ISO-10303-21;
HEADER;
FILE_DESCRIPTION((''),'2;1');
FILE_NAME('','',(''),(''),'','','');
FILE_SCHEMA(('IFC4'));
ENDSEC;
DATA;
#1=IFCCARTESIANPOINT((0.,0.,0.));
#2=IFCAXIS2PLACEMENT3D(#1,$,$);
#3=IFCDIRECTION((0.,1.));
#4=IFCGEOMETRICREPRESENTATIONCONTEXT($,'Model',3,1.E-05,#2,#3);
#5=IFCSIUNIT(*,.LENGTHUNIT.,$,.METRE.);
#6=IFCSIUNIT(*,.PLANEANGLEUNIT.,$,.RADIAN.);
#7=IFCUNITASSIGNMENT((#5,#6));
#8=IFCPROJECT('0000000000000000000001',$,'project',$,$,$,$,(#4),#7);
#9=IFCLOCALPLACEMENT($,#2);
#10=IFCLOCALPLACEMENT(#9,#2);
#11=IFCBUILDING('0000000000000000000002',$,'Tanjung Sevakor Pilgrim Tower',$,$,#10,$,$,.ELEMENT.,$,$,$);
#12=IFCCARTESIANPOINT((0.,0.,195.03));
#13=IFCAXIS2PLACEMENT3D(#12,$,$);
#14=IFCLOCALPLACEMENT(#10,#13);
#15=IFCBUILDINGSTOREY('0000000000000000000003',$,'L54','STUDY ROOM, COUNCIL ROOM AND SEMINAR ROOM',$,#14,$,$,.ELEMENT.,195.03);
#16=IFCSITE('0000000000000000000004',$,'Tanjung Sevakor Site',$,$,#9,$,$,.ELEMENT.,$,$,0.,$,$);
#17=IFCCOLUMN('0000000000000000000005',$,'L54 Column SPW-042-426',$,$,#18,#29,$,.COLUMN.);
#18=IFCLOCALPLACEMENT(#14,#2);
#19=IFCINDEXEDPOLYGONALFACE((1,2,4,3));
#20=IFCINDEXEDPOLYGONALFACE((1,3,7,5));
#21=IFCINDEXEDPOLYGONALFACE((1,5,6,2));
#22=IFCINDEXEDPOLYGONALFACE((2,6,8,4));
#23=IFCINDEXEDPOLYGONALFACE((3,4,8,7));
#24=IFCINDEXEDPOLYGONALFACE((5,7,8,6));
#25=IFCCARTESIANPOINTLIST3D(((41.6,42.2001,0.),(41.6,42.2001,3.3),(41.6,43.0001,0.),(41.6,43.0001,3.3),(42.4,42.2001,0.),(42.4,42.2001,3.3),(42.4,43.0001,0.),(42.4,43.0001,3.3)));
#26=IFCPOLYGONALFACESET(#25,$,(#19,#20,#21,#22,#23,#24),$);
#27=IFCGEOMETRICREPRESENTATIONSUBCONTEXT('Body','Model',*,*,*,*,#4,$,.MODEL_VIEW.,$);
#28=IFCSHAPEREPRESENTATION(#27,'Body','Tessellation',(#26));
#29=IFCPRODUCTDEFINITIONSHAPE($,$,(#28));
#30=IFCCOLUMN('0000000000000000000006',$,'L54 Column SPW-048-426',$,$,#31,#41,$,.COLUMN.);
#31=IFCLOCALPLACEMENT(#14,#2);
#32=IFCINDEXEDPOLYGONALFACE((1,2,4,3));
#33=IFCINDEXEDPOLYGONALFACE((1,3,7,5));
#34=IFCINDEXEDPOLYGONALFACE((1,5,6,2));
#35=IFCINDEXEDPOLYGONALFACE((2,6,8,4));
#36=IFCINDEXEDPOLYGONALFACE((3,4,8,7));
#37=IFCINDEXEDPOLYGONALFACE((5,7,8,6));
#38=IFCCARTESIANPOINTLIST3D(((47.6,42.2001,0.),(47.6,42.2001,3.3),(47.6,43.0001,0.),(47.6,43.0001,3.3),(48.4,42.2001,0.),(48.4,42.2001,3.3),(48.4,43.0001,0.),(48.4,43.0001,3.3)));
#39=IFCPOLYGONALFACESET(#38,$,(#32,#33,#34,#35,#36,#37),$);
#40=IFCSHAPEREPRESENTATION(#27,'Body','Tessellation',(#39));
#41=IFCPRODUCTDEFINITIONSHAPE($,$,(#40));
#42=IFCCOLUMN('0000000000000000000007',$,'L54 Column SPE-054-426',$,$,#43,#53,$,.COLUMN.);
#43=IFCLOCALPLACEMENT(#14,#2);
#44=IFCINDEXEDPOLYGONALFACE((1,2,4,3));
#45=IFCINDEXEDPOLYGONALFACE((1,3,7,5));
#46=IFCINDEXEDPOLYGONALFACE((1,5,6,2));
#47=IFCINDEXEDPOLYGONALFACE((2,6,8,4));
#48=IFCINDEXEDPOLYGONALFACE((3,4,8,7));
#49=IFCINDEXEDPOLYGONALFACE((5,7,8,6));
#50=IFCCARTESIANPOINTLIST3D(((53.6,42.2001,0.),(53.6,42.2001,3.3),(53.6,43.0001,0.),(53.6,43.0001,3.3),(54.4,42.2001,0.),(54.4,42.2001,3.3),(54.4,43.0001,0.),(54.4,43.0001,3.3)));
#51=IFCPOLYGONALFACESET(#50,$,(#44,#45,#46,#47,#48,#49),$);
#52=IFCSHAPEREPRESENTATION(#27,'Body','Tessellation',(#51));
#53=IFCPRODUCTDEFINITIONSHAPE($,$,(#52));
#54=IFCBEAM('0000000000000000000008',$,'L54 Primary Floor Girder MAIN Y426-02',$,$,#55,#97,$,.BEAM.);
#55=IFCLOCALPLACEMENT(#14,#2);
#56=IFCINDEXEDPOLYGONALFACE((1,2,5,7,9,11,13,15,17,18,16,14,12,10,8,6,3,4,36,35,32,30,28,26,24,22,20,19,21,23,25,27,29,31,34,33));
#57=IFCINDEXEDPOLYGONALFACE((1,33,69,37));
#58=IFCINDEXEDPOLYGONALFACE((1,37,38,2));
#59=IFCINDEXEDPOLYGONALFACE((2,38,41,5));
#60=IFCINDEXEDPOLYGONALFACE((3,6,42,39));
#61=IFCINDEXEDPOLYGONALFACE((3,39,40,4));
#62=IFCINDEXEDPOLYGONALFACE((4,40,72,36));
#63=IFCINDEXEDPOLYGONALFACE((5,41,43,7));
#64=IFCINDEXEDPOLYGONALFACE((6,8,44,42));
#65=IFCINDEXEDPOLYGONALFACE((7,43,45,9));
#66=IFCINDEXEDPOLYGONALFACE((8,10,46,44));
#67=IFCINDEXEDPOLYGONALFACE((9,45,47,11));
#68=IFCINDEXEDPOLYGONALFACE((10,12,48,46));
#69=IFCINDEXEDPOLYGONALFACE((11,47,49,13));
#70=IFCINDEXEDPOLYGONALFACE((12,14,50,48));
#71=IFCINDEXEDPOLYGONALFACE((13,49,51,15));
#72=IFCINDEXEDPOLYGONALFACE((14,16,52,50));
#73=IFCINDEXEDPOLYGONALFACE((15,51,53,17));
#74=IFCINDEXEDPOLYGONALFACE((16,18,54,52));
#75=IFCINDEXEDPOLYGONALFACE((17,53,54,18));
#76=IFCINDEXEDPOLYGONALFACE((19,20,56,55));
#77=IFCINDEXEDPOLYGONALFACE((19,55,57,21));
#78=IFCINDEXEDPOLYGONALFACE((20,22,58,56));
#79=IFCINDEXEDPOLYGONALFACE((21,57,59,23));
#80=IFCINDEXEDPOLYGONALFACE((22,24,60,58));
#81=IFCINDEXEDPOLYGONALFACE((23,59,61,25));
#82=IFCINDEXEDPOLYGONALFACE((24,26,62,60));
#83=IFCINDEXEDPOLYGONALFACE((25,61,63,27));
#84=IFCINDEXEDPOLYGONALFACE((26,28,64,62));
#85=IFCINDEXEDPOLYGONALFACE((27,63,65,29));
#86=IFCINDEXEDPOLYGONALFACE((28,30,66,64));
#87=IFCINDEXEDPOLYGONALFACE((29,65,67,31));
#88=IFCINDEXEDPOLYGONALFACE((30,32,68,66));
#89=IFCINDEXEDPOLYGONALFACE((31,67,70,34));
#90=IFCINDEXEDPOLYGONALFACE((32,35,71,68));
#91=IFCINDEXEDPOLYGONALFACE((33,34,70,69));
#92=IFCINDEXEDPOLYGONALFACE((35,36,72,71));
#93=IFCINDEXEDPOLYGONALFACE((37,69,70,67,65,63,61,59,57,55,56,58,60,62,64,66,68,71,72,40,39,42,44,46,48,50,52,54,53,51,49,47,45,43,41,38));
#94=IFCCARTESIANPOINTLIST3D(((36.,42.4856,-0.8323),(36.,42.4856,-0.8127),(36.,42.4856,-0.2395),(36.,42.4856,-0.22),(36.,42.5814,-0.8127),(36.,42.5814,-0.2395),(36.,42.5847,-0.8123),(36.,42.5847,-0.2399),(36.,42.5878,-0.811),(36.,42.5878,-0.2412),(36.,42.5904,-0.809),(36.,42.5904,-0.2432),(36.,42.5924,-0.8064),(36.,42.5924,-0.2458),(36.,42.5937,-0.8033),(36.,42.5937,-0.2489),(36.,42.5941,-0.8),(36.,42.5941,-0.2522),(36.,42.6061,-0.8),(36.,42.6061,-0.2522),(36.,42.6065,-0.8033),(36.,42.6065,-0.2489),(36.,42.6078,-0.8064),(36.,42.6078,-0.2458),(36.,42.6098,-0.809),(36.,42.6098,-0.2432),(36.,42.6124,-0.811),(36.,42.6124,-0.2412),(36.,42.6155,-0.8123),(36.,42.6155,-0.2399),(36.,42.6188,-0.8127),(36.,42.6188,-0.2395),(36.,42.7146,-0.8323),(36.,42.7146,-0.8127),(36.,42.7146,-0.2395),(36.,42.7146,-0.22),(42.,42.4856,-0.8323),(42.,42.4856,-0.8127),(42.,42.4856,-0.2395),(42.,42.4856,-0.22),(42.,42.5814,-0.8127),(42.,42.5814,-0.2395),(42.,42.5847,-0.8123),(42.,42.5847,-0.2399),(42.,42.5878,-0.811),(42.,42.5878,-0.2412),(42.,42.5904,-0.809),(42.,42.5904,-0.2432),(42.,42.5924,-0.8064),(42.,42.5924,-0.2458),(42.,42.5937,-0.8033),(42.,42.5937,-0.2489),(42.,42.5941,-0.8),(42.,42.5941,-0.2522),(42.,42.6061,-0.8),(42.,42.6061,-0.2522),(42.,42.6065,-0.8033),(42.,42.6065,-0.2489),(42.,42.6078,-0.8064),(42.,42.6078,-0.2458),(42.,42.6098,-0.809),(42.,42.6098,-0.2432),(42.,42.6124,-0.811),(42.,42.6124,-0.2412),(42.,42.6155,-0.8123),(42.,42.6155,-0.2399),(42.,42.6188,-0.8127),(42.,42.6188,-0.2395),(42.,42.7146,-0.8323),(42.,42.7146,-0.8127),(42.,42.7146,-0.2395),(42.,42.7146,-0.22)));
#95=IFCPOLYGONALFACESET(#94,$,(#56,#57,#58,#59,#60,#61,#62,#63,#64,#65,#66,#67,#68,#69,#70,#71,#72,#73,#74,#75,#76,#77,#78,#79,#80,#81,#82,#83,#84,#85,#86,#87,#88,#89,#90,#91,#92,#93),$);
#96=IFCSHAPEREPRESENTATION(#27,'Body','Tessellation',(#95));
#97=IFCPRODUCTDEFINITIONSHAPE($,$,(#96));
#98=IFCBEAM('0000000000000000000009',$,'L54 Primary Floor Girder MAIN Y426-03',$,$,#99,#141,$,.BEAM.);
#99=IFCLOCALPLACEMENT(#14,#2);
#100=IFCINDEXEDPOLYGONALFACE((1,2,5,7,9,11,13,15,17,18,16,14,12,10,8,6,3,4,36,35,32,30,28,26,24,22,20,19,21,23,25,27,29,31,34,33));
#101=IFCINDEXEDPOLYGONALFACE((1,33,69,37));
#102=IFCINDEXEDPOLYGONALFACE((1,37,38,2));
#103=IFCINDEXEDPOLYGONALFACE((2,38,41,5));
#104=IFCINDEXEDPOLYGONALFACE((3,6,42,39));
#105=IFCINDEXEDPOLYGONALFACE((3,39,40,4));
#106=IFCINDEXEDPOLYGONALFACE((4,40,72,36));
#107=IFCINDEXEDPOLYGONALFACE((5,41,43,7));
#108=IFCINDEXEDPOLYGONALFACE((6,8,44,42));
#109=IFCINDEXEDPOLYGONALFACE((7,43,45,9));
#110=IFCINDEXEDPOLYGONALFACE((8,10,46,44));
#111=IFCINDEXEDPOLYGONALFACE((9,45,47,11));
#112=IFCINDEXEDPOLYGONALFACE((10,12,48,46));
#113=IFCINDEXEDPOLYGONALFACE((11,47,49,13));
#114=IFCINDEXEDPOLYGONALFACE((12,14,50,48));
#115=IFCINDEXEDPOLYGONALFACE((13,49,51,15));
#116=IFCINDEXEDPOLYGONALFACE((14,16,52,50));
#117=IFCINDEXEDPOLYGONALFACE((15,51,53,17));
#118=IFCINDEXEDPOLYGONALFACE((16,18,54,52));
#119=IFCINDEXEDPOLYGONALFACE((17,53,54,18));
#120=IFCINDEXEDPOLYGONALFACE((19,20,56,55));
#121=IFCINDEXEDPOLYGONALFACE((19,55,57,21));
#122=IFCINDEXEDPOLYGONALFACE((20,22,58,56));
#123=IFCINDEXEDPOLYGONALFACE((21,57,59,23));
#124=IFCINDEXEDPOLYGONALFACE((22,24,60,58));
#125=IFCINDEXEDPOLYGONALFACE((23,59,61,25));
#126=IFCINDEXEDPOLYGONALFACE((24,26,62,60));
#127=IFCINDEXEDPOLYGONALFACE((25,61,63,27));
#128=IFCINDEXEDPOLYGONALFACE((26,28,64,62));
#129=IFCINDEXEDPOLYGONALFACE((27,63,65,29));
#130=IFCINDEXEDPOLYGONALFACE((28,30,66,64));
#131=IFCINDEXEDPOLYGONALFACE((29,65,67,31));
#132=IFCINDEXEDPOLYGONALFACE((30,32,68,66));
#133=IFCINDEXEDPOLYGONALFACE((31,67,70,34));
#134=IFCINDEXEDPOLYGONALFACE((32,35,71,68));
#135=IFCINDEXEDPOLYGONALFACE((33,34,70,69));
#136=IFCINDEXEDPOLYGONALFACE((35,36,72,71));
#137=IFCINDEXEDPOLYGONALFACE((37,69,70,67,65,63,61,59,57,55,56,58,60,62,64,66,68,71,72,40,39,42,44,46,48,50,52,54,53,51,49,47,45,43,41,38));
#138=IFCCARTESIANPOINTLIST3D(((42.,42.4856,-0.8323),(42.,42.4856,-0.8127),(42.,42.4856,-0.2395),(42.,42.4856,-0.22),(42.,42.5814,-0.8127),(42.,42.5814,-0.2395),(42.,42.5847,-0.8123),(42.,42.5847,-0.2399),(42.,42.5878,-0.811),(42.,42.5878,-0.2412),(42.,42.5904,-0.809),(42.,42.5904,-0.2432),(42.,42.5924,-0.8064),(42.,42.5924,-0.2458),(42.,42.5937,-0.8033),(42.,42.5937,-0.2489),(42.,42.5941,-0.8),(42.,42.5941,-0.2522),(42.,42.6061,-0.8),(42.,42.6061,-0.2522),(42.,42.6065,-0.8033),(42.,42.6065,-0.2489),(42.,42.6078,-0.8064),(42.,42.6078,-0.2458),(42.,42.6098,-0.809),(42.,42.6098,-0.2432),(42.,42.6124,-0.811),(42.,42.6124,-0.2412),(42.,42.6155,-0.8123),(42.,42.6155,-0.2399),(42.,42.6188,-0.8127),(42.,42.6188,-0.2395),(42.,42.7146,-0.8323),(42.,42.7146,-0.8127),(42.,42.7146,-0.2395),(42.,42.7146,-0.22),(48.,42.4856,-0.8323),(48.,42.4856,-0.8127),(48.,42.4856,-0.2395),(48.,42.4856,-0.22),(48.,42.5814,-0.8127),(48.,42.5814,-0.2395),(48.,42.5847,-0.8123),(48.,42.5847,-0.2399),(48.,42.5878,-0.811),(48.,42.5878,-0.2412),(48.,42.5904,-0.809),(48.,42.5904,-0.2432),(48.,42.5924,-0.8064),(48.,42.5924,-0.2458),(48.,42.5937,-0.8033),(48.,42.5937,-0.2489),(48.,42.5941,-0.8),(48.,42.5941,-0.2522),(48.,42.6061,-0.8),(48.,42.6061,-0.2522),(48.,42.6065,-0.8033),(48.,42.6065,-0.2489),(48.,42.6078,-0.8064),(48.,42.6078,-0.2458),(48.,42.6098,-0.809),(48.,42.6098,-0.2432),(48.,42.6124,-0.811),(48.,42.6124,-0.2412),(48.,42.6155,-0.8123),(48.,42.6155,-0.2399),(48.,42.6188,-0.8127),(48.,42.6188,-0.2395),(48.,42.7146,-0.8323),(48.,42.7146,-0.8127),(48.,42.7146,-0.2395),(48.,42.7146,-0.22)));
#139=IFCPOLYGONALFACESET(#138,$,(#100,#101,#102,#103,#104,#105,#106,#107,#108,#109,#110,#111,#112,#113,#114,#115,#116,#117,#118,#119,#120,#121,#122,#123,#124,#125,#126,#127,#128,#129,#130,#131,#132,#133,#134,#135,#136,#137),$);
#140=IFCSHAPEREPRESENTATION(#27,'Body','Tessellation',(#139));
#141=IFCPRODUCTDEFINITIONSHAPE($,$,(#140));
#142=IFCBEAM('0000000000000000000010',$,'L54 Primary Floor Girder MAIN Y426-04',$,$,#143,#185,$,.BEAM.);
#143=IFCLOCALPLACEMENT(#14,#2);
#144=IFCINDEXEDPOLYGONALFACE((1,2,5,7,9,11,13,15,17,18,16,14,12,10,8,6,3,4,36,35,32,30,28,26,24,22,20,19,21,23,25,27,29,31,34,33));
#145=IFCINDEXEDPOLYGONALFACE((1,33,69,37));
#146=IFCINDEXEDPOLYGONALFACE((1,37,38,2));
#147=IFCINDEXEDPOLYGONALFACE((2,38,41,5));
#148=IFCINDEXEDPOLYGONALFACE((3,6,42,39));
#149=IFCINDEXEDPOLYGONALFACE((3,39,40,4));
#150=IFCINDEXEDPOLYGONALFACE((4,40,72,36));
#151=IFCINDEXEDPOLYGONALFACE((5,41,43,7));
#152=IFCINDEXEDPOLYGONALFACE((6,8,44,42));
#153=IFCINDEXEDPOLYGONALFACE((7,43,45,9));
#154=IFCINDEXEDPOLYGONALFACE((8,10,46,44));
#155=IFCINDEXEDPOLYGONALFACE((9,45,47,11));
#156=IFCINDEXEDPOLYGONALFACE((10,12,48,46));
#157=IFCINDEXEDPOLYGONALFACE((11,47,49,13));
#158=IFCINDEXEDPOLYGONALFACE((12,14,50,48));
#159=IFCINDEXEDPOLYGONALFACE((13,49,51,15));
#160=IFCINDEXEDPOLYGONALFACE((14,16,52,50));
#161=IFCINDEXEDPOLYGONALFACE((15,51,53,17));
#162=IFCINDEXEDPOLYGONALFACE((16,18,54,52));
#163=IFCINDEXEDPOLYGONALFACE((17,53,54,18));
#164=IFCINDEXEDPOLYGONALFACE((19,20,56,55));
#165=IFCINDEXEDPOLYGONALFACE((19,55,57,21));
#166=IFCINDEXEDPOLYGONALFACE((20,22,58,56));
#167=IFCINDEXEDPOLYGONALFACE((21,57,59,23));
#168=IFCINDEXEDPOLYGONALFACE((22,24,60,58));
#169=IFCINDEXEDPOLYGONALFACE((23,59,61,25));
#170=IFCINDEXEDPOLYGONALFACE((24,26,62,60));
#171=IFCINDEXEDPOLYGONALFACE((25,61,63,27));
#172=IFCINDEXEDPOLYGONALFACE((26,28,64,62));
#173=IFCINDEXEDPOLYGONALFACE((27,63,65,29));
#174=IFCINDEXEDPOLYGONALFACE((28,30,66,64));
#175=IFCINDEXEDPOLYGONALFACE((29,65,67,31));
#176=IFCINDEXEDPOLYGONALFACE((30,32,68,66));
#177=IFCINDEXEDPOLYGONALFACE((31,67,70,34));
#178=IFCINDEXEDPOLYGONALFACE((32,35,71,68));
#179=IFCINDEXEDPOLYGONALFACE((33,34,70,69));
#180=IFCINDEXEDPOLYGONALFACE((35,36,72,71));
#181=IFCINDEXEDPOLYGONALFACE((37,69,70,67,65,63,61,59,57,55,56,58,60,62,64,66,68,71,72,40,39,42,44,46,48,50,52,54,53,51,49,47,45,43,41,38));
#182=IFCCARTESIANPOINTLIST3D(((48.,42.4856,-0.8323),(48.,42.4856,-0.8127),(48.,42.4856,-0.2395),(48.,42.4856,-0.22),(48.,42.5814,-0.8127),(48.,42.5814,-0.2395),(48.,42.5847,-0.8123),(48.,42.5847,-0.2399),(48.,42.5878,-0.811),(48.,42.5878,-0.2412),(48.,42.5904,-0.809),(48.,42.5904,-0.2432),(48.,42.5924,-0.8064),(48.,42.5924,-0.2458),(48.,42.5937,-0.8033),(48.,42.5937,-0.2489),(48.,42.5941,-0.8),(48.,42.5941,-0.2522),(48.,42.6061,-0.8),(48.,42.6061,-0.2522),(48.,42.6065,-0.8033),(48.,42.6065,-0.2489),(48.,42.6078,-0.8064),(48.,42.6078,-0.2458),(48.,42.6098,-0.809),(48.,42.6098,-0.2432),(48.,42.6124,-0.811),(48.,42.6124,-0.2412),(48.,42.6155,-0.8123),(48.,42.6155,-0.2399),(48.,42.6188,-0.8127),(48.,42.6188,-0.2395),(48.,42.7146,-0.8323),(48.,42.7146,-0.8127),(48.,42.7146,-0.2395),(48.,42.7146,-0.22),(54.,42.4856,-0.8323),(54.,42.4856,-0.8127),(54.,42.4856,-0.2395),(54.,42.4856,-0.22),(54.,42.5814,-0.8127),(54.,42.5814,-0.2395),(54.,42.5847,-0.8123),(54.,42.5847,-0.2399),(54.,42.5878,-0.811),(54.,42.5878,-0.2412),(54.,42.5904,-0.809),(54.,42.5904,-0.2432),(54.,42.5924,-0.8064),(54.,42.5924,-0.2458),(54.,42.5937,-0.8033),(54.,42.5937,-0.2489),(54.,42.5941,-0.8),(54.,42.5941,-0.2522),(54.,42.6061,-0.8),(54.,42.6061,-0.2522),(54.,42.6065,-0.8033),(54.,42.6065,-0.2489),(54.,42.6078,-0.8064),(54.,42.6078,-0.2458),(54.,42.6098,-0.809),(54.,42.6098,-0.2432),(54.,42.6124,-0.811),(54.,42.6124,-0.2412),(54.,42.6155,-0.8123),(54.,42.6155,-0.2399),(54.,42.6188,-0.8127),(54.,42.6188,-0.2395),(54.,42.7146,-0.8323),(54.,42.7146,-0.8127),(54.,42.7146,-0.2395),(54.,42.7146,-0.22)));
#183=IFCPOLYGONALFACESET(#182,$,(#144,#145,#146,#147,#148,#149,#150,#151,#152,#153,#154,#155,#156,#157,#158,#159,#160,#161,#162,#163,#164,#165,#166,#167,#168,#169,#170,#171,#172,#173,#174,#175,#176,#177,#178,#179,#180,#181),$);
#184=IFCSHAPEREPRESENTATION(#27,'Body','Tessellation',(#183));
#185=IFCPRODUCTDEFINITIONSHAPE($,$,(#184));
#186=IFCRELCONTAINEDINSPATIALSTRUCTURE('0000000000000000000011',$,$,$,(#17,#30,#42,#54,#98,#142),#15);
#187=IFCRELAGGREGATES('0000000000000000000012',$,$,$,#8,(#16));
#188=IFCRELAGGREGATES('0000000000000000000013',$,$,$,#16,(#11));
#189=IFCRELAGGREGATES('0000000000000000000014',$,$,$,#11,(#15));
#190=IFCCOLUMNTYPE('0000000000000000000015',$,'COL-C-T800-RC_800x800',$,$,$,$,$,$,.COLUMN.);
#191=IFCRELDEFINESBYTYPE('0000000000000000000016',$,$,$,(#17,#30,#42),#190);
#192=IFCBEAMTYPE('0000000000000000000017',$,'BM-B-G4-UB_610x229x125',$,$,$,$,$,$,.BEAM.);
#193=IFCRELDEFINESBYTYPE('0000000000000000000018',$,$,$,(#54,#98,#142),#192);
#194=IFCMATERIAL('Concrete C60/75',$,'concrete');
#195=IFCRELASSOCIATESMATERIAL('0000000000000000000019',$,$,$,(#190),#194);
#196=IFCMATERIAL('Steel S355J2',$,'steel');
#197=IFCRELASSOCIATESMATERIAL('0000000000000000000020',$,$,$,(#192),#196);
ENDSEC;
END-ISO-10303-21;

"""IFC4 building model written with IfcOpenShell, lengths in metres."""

from ifc_helpers import new_model, si_unit, direction, frame, origin, origin_2d, place, context, subcontext, project, spatial, rectangle, i_section, extrude, material, material_profile, profile_set, type_object, element, save


model = new_model("IFC4")

# Units and contexts
model_context = context("Model", 3, precision=1e-05, world=origin(), true_north=direction((0.0, 1.0)))
body_context = subcontext(model_context, "Body", "Model", "MODEL_VIEW")
ifc_project = project(units=[si_unit("LENGTHUNIT", "METRE"), si_unit("PLANEANGLEUNIT", "RADIAN")], contexts=[model_context])

# Site, building, storey
site_placement = place(None, origin())
site = spatial("IfcSite", under=ifc_project, at=site_placement, Name="Tanjung Sevakor Site", CompositionType="ELEMENT", RefElevation=0.0)
building_placement = place(site_placement, origin())
building = spatial("IfcBuilding", under=site, at=building_placement, Name="Tanjung Sevakor Pilgrim Tower", CompositionType="ELEMENT")
storey_placement = place(building_placement, frame((0.0, 0.0, 195.03)))
storey = spatial("IfcBuildingStorey", under=building, at=storey_placement, Name="L54", Description="STUDY ROOM, COUNCIL ROOM AND SEMINAR ROOM", CompositionType="ELEMENT", Elevation=195.03)

# Columns
ifc_material_1 = material(Name="Concrete C60/75", Category="concrete")
ifc_material_profile_1 = material_profile(ifc_material_1, rectangle(XDim=0.8, YDim=0.8, at=origin_2d()))
ifc_profile_set_1 = profile_set([ifc_material_profile_1], Name="Concrete C60/75")
column_type = type_object("IfcColumnType", Name="COL-C-T800-RC_800x800", PredefinedType="COLUMN", material=ifc_profile_set_1)
for number, where, z_axis, x_axis, name in (
    (1, (42.0, 42.6001, 0.0), (0.0, 0.0, 1.0), (1.0, 0.0, 0.0), "L54 Column SPW-042-426"),
    (2, (48.0, 42.6001, 0.0), (0.0, 0.0, 1.0), (1.0, 0.0, 0.0), "L54 Column SPW-048-426"),
    (3, (54.0, 42.6001, 0.0), (0.0, 0.0, 1.0), (1.0, 0.0, 0.0), "L54 Column SPE-054-426"),
):
    element("IfcColumn", number, at=place(storey_placement, frame(where, z_axis=z_axis, x_axis=x_axis)), inside=storey, type_object=column_type, Name=name, PredefinedType="COLUMN", context=body_context, shape_type="SweptSolid", body=[
        extrude(rectangle(XDim=0.8, YDim=0.8, at=origin_2d()), origin(), (0.0, 0.0, 1.0), 3.3),
    ])

# Beams
ifc_material_2 = material(Name="Steel S355J2", Category="steel")
ifc_material_profile_2 = material_profile(ifc_material_2, i_section(OverallWidth=0.229, OverallDepth=0.6123, WebThickness=0.012, FlangeThickness=0.0195, FilletRadius=0.0127, at=origin_2d()))
ifc_profile_set_2 = profile_set([ifc_material_profile_2], Name="Steel S355J2")
beam_type_1 = type_object("IfcBeamType", Name="BM-B-G4-UB_610x229x125", PredefinedType="BEAM", material=ifc_profile_set_2)
for number, where, z_axis, x_axis, name in (
    (4, (36.0, 42.6001, -0.5261), (1.0, 0.0, 0.0), (0.0, 1.0, 0.0), "L54 Primary Floor Girder MAIN Y426-02"),
    (5, (42.0, 42.6001, -0.5261), (1.0, 0.0, 0.0), (0.0, 1.0, 0.0), "L54 Primary Floor Girder MAIN Y426-03"),
    (6, (48.0, 42.6001, -0.5261), (1.0, 0.0, 0.0), (0.0, 1.0, 0.0), "L54 Primary Floor Girder MAIN Y426-04"),
):
    element("IfcBeam", number, at=place(storey_placement, frame(where, z_axis=z_axis, x_axis=x_axis)), inside=storey, type_object=beam_type_1, Name=name, PredefinedType="BEAM", context=body_context, shape_type="SweptSolid", body=[
        extrude(i_section(OverallWidth=0.229, OverallDepth=0.6123, WebThickness=0.012, FlangeThickness=0.0195, FilletRadius=0.0127, at=origin_2d()), origin(), (0.0, 0.0, 1.0), 6.0),
    ])

save(model, "model.ifc")
